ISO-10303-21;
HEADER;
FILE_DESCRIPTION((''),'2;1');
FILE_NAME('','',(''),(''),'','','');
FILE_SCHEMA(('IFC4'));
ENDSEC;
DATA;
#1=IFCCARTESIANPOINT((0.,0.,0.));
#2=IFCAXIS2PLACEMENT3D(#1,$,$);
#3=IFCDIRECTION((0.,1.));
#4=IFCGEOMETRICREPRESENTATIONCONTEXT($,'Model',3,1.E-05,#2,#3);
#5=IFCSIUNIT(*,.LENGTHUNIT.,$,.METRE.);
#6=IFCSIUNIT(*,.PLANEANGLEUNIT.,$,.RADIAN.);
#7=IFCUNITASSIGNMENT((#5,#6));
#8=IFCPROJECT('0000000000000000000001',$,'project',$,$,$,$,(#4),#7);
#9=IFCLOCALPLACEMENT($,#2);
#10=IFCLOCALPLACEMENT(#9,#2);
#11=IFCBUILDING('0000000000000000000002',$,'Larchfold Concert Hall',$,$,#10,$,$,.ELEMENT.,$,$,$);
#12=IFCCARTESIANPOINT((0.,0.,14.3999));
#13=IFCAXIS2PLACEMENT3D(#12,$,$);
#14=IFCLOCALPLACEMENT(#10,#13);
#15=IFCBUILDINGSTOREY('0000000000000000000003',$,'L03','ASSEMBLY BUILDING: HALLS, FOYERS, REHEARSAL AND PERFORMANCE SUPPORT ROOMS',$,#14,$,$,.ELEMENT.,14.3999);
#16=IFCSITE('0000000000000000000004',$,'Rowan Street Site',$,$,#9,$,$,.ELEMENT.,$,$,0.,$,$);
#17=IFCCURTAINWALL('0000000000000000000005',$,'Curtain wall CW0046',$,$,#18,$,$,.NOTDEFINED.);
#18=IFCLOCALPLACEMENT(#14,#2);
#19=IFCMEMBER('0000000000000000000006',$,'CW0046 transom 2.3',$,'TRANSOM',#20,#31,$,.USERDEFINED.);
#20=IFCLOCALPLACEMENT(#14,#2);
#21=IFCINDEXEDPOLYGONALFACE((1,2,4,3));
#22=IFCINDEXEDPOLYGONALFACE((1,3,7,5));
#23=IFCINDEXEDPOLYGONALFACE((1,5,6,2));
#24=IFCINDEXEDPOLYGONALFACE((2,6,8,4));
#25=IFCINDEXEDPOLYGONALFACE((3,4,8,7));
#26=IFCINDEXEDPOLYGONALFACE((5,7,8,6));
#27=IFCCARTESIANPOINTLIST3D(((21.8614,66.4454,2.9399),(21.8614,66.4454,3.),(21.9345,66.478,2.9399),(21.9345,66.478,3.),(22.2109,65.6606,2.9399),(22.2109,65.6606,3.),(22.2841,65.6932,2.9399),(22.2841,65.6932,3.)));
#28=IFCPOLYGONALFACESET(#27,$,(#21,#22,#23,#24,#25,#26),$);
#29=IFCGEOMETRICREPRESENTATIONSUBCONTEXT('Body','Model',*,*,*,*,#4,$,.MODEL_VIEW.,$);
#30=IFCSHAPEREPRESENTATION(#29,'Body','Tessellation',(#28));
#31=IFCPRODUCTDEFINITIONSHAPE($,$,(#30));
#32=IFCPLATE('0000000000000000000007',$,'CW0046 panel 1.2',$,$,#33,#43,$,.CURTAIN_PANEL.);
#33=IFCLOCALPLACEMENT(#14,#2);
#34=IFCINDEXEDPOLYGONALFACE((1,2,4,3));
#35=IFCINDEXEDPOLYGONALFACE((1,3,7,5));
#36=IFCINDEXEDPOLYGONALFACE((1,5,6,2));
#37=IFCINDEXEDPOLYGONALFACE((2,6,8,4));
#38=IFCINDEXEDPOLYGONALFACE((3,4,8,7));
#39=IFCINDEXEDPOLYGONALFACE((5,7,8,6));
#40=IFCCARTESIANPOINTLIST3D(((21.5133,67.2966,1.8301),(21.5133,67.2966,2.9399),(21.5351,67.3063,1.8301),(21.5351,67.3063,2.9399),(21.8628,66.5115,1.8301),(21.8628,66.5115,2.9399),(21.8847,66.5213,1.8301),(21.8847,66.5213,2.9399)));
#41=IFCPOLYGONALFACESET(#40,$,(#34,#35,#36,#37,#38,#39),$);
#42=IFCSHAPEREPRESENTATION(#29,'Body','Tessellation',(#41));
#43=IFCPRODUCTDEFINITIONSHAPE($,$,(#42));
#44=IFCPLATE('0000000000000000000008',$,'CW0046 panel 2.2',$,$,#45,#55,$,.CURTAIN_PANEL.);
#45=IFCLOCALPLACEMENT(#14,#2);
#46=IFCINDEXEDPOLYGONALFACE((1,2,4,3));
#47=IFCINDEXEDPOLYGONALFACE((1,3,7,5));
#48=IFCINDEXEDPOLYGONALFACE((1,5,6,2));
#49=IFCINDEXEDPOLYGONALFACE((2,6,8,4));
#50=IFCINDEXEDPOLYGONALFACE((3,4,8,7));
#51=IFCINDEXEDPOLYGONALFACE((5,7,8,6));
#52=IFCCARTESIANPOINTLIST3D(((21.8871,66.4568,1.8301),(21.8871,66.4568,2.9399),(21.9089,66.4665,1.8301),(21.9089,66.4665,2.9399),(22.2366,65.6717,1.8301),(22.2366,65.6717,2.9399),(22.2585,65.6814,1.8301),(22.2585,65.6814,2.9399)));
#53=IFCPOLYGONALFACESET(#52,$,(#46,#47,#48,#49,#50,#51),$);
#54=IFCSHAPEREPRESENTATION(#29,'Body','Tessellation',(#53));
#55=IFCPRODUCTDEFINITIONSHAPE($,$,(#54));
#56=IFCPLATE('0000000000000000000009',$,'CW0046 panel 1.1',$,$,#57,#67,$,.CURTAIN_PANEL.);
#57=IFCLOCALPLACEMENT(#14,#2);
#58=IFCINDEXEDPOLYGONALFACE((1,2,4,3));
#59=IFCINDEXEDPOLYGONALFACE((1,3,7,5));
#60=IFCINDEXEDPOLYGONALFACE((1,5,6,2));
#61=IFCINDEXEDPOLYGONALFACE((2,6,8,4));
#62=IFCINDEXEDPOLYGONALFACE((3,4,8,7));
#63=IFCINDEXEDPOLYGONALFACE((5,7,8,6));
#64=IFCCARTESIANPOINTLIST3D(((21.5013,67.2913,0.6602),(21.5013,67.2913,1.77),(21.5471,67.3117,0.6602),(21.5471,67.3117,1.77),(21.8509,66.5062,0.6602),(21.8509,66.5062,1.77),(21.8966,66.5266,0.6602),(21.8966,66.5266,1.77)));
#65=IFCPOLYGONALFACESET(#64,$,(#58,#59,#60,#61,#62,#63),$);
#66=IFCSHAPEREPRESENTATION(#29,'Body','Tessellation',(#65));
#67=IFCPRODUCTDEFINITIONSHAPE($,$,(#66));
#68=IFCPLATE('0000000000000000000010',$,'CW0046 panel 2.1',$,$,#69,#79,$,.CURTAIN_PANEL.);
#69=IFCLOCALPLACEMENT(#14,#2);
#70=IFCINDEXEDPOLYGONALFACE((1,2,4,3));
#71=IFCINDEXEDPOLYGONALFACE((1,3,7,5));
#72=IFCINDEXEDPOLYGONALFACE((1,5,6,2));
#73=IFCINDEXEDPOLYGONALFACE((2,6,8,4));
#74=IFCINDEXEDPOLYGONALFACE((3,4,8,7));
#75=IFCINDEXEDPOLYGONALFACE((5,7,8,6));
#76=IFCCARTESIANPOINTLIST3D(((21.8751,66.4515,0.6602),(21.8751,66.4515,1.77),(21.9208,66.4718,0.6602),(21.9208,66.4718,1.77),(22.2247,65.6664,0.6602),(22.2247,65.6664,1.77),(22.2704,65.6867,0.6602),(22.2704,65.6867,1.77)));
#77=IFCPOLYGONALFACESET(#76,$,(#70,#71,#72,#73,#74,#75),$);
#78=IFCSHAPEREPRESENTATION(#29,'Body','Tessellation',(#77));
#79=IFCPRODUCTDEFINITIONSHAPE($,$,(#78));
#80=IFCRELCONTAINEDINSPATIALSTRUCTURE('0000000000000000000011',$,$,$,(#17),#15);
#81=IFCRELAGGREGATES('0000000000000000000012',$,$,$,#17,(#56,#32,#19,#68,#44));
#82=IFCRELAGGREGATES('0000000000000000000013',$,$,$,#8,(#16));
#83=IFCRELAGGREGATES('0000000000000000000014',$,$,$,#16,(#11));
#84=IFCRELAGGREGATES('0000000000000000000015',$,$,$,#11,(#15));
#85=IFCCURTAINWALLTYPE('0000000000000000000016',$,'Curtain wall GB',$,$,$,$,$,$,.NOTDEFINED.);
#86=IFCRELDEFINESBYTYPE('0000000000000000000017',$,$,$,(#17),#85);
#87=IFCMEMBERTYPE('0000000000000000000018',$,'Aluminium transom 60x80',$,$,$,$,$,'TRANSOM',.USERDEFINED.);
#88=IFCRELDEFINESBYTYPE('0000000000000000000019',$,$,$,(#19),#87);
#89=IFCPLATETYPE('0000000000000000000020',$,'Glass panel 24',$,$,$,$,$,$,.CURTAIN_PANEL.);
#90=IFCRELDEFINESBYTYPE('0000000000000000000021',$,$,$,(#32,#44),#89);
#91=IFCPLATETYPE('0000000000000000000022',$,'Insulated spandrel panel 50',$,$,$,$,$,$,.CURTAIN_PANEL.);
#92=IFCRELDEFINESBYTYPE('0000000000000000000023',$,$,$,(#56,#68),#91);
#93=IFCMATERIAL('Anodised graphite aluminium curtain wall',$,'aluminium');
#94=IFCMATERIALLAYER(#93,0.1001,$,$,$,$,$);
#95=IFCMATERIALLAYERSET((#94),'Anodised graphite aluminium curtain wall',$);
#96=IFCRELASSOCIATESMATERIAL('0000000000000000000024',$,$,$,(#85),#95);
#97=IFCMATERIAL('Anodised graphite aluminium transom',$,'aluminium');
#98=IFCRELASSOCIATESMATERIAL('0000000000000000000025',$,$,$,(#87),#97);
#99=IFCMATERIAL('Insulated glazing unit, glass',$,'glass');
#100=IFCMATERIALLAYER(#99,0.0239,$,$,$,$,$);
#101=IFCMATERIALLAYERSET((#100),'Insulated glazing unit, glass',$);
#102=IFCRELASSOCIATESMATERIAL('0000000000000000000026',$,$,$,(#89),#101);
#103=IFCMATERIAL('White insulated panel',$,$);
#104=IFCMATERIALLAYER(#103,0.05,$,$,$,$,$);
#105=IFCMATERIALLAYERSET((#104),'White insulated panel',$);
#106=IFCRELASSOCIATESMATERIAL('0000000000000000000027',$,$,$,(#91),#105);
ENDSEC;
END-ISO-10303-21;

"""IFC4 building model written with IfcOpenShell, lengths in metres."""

from ifc_helpers import new_model, si_unit, direction, frame, origin, origin_2d, place, context, subcontext, project, spatial, rectangle, extrude, material, layer, layer_set, material_profile, profile_set, type_object, element, aggregate, save


model = new_model("IFC4")

# Units and contexts
model_context = context("Model", 3, precision=1e-05, world=origin(), true_north=direction((0.0, 1.0)))
body_context = subcontext(model_context, "Body", "Model", "MODEL_VIEW")
ifc_project = project(units=[si_unit("LENGTHUNIT", "METRE"), si_unit("PLANEANGLEUNIT", "RADIAN")], contexts=[model_context])

# Site, building, storey
site_placement = place(None, origin())
site = spatial("IfcSite", under=ifc_project, at=site_placement, Name="Rowan Street Site", CompositionType="ELEMENT", RefElevation=0.0)
building_placement = place(site_placement, origin())
building = spatial("IfcBuilding", under=site, at=building_placement, Name="Larchfold Concert Hall", CompositionType="ELEMENT")
storey_placement = place(building_placement, frame((0.0, 0.0, 14.3999)))
storey = spatial("IfcBuildingStorey", under=building, at=storey_placement, Name="L03", Description="ASSEMBLY BUILDING: HALLS, FOYERS, REHEARSAL AND PERFORMANCE SUPPORT ROOMS", CompositionType="ELEMENT", Elevation=14.3999)

# Curtain wall
ifc_material_1 = material(Name="Anodised graphite aluminium curtain wall", Category="aluminium")
ifc_layer_1 = layer(ifc_material_1, 0.1001)
ifc_layer_set_1 = layer_set([ifc_layer_1], Name="Anodised graphite aluminium curtain wall")
curtain_wall_type = type_object("IfcCurtainWallType", Name="Curtain wall GB", PredefinedType="NOTDEFINED", material=ifc_layer_set_1)
curtain_wall_1_placement = place(storey_placement, origin())
curtain_wall_1 = element("IfcCurtainWall", 1, at=curtain_wall_1_placement, inside=storey, type_object=curtain_wall_type, Name="Curtain wall CW0046", PredefinedType="NOTDEFINED")

# Member
ifc_material_2 = material(Name="Anodised graphite aluminium transom", Category="aluminium")
ifc_material_profile_1 = material_profile(ifc_material_2, rectangle(XDim=0.0801, YDim=0.0601, at=origin_2d()))
ifc_profile_set_1 = profile_set([ifc_material_profile_1], Name="Anodised graphite aluminium transom")
member_type_1 = type_object("IfcMemberType", Name="Aluminium transom 60x80", ElementType="TRANSOM", PredefinedType="USERDEFINED", material=ifc_profile_set_1)
member_1_placement = place(storey_placement, frame((21.8979, 66.4617, 2.97), z_axis=(0.406876, -0.913483, 0.0), x_axis=(0.913483, 0.406876, 0.0)))
member_1 = element("IfcMember", 2, at=member_1_placement, type_object=member_type_1, Name="CW0046 transom 2.3", ObjectType="TRANSOM", PredefinedType="USERDEFINED", context=body_context, shape_type="SweptSolid", body=[
    extrude(rectangle(XDim=0.0801, YDim=0.0601, at=origin_2d()), origin(), (0.0, 0.0, 1.0), 0.8591),
])

# Plates
ifc_material_3 = material(Name="Insulated glazing unit, glass", Category="glass")
ifc_layer_2 = layer(ifc_material_3, 0.0239)
ifc_layer_set_2 = layer_set([ifc_layer_2], Name="Insulated glazing unit, glass")
plate_type_1 = type_object("IfcPlateType", Name="Glass panel 24", PredefinedType="CURTAIN_PANEL", material=ifc_layer_set_2)
plate_1_placement = place(storey_placement, frame((21.699, 66.9089, 1.8301), z_axis=(0.0, 0.0, 1.0), x_axis=(0.406747, -0.913541, 0.0)))
plate_1 = element("IfcPlate", 3, at=plate_1_placement, type_object=plate_type_1, Name="CW0046 panel 1.2", PredefinedType="CURTAIN_PANEL", context=body_context, shape_type="SweptSolid", body=[
    extrude(rectangle(XDim=0.8594, YDim=0.0239, at=origin_2d()), origin(), (0.0, 0.0, 1.0), 1.1099),
])
plate_2_placement = place(storey_placement, frame((22.0728, 66.0691, 1.8301), z_axis=(0.0, 0.0, 1.0), x_axis=(0.406747, -0.913541, 0.0)))
plate_2 = element("IfcPlate", 4, at=plate_2_placement, type_object=plate_type_1, Name="CW0046 panel 2.2", PredefinedType="CURTAIN_PANEL", context=body_context, shape_type="SweptSolid", body=[
    extrude(rectangle(XDim=0.8594, YDim=0.0239, at=origin_2d()), origin(), (0.0, 0.0, 1.0), 1.1099),
])
ifc_material_4 = material(Name="White insulated panel")
ifc_layer_3 = layer(ifc_material_4, 0.05)
ifc_layer_set_3 = layer_set([ifc_layer_3], Name="White insulated panel")
plate_type_2 = type_object("IfcPlateType", Name="Insulated spandrel panel 50", PredefinedType="CURTAIN_PANEL", material=ifc_layer_set_3)
plate_3_placement = place(storey_placement, frame((21.699, 66.9089, 0.6602), z_axis=(0.0, 0.0, 1.0), x_axis=(0.406747, -0.913541, 0.0)))
plate_3 = element("IfcPlate", 5, at=plate_3_placement, type_object=plate_type_2, Name="CW0046 panel 1.1", PredefinedType="CURTAIN_PANEL", context=body_context, shape_type="SweptSolid", body=[
    extrude(rectangle(XDim=0.8594, YDim=0.05, at=origin_2d()), origin(), (0.0, 0.0, 1.0), 1.1099),
])
plate_4_placement = place(storey_placement, frame((22.0728, 66.0691, 0.6602), z_axis=(0.0, 0.0, 1.0), x_axis=(0.406747, -0.913541, 0.0)))
plate_4 = element("IfcPlate", 6, at=plate_4_placement, type_object=plate_type_2, Name="CW0046 panel 2.1", PredefinedType="CURTAIN_PANEL", context=body_context, shape_type="SweptSolid", body=[
    extrude(rectangle(XDim=0.8594, YDim=0.05, at=origin_2d()), origin(), (0.0, 0.0, 1.0), 1.1099),
])
aggregate(curtain_wall_1, [plate_3, plate_1, member_1, plate_4, plate_2])

save(model, "model.ifc")
